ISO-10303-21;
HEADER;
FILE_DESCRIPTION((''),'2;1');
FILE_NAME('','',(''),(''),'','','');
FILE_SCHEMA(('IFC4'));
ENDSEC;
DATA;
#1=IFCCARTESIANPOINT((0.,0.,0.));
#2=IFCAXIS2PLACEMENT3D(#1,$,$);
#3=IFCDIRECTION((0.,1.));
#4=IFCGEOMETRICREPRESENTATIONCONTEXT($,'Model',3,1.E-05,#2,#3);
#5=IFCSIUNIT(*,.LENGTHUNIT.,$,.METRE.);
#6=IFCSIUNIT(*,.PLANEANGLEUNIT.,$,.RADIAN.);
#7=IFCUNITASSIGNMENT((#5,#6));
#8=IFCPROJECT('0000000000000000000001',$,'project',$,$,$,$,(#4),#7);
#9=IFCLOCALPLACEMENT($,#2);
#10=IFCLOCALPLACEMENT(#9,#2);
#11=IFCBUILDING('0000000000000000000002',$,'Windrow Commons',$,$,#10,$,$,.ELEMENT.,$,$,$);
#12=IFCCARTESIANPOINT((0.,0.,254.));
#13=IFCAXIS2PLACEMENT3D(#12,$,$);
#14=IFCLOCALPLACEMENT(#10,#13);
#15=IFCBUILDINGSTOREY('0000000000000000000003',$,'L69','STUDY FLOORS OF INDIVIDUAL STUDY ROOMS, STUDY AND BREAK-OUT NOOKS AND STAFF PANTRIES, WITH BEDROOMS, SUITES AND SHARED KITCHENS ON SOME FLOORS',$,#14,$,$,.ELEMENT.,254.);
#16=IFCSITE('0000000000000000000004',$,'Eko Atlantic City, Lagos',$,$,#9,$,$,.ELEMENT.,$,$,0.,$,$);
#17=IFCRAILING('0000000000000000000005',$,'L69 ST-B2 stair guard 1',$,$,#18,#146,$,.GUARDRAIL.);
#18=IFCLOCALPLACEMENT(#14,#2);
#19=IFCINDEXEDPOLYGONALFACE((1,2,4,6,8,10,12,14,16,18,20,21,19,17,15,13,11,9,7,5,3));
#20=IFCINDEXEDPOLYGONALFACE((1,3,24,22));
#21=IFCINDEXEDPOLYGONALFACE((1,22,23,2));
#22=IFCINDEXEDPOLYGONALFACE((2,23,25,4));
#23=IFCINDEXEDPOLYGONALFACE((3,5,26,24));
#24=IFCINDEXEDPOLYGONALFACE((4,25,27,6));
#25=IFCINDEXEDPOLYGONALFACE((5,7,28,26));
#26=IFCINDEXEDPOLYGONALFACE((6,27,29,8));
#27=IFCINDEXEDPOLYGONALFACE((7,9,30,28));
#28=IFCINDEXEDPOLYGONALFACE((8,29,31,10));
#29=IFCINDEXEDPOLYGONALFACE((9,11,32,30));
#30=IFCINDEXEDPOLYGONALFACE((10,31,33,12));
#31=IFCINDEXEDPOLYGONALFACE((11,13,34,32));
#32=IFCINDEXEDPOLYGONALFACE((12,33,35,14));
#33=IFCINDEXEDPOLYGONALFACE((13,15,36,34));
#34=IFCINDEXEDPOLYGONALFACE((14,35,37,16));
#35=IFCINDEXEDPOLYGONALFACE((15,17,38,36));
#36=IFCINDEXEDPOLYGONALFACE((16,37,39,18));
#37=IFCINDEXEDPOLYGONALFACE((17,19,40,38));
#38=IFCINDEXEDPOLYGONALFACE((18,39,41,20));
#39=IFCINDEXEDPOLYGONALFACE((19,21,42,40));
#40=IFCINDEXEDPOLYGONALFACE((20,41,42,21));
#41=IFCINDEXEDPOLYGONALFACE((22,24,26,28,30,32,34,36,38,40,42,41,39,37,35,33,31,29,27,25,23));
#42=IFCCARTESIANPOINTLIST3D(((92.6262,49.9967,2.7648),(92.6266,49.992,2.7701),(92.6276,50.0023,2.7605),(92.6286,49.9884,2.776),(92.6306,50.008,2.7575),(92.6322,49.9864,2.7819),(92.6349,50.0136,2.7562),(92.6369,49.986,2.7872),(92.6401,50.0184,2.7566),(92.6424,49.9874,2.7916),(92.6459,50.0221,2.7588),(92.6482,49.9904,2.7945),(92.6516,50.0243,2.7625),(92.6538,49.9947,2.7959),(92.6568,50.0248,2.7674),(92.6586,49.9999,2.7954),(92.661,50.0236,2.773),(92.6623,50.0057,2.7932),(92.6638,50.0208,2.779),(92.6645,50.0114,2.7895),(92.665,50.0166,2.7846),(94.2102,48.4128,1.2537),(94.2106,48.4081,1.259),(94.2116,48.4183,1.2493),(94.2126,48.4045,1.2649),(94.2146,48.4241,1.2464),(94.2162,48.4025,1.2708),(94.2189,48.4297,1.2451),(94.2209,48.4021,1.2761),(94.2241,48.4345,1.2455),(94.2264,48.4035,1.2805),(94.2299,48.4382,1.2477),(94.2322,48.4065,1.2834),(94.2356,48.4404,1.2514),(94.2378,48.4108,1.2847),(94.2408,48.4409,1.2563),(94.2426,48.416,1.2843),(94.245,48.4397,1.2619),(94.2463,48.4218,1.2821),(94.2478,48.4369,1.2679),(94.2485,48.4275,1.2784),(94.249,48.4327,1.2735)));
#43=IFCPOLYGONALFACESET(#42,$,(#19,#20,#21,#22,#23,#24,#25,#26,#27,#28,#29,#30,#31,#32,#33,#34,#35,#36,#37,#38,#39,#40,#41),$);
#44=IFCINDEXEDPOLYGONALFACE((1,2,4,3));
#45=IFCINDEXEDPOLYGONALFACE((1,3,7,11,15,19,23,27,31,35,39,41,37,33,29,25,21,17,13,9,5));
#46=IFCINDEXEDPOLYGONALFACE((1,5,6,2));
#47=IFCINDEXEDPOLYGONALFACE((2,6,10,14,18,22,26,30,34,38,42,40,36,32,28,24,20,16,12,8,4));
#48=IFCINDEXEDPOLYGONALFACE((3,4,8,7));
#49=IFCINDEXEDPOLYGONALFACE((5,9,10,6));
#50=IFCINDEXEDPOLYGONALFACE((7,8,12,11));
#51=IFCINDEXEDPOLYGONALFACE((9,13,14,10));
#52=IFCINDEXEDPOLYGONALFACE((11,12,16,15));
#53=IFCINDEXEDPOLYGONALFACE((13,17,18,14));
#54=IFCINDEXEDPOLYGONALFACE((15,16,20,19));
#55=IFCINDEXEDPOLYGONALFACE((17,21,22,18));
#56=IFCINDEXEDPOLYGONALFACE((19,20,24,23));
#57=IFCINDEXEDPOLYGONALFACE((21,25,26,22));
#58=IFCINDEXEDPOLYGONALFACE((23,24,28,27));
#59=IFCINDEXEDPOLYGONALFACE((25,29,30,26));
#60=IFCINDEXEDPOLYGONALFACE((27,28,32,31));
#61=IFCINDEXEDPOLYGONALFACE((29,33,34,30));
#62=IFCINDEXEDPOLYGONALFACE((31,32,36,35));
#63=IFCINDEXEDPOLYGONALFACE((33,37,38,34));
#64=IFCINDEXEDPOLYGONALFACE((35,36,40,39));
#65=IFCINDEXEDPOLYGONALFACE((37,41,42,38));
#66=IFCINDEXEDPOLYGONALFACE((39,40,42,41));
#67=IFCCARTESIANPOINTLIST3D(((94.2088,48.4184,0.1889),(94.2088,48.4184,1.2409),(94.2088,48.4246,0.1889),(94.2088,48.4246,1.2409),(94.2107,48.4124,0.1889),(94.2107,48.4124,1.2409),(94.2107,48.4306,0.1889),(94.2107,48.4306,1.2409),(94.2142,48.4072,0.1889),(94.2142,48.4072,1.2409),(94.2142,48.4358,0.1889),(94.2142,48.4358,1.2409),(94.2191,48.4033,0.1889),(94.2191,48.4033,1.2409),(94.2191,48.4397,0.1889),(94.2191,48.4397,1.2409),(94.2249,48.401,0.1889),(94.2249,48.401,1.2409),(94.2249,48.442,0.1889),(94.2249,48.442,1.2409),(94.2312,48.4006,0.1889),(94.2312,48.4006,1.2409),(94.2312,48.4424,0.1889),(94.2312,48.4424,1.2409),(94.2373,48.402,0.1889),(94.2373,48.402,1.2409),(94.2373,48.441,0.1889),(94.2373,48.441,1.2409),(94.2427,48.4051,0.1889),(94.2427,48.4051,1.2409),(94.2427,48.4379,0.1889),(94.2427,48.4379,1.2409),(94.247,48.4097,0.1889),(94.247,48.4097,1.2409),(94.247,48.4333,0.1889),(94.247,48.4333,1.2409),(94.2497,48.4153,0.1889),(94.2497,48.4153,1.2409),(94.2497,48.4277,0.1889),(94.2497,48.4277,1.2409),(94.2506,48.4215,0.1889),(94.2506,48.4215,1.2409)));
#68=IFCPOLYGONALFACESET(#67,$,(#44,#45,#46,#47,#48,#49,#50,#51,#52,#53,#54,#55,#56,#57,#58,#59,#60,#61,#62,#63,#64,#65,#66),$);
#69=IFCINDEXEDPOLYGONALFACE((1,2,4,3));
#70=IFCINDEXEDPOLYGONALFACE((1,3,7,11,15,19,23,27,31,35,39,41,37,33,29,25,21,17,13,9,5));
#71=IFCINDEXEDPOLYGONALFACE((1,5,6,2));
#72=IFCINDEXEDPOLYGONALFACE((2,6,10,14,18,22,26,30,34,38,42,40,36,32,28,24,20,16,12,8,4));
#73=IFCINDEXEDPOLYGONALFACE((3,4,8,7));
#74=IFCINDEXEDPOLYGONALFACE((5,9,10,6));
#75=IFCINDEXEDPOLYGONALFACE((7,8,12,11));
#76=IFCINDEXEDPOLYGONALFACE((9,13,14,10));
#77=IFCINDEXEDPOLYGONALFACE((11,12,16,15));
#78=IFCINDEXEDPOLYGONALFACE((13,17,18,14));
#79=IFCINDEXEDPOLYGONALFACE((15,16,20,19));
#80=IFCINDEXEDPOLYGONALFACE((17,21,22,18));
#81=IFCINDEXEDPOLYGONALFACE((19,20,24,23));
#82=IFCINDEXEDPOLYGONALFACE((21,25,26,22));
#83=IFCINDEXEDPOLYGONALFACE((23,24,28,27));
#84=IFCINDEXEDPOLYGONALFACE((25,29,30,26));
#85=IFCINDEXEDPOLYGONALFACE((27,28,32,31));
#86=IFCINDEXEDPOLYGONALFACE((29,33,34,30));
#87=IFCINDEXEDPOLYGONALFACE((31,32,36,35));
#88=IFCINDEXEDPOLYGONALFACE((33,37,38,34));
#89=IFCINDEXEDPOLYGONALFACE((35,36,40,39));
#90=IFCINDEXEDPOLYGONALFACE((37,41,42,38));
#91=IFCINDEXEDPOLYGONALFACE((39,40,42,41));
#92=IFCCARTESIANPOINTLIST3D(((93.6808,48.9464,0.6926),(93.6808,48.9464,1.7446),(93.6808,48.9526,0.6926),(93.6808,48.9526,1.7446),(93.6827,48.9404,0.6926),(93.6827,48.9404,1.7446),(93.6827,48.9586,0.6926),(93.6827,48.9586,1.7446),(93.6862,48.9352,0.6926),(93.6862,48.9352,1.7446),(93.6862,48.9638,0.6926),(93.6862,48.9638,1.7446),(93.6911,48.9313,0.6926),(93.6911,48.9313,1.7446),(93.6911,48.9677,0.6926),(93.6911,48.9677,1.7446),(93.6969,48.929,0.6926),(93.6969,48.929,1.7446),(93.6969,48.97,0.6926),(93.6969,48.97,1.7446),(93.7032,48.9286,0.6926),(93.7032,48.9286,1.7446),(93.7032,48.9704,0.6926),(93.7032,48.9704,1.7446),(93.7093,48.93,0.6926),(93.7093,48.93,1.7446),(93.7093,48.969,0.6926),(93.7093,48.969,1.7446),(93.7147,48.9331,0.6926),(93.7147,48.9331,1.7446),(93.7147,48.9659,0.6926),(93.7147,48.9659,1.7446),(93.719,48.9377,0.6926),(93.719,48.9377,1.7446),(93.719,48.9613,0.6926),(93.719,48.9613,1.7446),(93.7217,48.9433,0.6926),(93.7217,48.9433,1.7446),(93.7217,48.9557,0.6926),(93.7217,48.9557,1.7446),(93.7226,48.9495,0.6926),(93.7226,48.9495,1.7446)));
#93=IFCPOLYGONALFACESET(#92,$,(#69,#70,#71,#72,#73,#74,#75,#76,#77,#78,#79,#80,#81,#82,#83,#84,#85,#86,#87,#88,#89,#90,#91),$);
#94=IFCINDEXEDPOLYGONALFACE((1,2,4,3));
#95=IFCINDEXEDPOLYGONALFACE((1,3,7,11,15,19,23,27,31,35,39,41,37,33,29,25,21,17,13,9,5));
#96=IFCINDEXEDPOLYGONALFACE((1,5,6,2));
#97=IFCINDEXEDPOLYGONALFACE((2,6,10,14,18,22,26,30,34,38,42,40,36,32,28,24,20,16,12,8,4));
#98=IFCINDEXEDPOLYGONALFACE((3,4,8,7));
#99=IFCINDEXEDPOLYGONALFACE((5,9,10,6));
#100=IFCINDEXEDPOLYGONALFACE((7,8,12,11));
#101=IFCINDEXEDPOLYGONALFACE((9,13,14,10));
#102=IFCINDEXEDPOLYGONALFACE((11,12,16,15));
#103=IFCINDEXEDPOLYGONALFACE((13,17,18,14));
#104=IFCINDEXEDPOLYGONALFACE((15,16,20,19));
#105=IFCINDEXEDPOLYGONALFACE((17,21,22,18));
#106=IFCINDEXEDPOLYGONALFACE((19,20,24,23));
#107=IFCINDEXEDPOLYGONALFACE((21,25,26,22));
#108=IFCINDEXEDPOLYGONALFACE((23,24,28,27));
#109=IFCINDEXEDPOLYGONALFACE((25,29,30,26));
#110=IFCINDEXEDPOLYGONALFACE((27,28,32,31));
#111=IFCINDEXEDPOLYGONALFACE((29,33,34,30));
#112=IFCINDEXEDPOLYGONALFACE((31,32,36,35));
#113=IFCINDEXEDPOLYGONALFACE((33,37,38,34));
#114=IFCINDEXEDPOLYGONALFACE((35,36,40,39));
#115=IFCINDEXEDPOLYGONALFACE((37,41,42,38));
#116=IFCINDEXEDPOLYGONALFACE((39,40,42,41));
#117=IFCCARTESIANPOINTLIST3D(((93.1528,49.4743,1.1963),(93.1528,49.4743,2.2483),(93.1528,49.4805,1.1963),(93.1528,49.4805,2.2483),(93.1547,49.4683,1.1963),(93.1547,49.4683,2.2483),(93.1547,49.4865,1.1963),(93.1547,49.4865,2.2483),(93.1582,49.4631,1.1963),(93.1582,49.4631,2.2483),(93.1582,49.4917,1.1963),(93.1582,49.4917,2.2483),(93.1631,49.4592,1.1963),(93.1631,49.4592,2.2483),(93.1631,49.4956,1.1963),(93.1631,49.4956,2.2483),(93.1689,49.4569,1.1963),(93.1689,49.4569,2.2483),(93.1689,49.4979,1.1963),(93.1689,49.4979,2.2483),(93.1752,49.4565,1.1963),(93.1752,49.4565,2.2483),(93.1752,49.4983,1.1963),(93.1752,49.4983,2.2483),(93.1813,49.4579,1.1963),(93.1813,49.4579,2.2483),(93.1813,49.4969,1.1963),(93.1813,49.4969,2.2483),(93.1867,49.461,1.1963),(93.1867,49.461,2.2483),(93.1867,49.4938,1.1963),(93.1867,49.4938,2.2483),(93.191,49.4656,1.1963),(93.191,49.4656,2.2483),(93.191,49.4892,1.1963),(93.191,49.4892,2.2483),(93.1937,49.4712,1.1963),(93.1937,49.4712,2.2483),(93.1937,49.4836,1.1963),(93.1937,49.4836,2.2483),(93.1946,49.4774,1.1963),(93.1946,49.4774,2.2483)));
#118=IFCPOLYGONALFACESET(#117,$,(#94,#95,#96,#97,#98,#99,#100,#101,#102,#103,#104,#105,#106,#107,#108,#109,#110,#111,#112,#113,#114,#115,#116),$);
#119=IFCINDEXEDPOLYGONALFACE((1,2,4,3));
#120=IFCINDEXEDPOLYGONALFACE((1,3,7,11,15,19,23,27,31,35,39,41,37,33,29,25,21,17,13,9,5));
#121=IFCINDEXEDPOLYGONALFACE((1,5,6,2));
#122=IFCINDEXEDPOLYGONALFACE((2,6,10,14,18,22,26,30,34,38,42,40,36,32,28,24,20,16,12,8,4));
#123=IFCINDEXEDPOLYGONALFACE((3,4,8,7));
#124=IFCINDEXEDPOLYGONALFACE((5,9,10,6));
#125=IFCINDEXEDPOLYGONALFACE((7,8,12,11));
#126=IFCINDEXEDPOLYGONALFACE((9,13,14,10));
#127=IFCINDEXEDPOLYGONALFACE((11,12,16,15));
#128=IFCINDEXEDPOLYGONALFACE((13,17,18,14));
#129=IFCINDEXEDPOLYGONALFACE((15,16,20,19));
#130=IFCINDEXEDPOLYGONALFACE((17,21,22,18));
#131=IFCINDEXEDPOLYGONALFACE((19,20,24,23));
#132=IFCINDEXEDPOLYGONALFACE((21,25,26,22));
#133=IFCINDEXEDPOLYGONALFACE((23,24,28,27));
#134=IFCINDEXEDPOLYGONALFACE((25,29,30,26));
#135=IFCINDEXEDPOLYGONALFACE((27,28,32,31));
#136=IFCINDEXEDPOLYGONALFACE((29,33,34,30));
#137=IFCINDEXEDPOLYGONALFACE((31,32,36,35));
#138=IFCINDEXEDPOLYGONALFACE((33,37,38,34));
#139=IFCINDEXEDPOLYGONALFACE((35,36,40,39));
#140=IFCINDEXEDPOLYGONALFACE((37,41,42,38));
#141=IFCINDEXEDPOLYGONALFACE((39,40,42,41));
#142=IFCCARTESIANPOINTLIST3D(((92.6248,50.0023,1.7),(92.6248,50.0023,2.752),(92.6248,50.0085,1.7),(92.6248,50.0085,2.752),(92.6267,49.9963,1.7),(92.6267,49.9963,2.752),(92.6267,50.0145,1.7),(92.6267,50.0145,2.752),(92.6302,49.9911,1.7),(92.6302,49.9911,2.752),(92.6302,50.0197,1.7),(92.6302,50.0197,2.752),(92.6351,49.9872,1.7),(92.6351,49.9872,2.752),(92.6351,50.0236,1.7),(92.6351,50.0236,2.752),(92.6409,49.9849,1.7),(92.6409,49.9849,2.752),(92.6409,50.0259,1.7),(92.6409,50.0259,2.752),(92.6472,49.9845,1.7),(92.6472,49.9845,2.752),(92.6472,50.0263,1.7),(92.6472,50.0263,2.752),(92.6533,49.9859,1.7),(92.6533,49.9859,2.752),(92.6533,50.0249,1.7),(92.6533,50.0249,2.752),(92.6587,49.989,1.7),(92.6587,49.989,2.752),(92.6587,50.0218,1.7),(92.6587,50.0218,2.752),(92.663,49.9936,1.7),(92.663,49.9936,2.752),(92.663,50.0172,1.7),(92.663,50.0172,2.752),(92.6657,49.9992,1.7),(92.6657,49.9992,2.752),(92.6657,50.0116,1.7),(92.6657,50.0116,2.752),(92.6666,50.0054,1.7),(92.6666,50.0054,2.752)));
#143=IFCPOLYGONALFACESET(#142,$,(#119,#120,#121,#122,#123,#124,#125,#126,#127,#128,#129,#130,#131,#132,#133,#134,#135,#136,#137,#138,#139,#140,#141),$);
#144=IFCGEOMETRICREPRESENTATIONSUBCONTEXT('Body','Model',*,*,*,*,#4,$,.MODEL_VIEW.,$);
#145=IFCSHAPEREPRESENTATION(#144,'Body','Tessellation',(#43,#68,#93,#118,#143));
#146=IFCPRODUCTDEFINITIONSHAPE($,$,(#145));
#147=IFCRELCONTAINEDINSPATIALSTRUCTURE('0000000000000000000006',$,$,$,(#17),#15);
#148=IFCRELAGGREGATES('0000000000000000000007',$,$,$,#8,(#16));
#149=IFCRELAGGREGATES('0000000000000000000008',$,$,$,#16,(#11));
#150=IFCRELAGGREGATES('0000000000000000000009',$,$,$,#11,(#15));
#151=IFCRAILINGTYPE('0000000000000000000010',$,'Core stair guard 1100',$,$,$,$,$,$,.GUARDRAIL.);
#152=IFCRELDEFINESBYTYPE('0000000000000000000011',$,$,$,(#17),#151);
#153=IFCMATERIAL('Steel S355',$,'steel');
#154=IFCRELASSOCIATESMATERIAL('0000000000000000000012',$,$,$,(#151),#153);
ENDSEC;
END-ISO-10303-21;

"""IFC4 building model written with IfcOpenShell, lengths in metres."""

from ifc_helpers import new_model, si_unit, direction, frame, origin, origin_2d, place, context, subcontext, project, spatial, circle, extrude, material, type_object, element, save


model = new_model("IFC4")

# Units and contexts
model_context = context("Model", 3, precision=1e-05, world=origin(), true_north=direction((0.0, 1.0)))
body_context = subcontext(model_context, "Body", "Model", "MODEL_VIEW")
ifc_project = project(units=[si_unit("LENGTHUNIT", "METRE"), si_unit("PLANEANGLEUNIT", "RADIAN")], contexts=[model_context])

# Site, building, storey
site_placement = place(None, origin())
site = spatial("IfcSite", under=ifc_project, at=site_placement, Name="Eko Atlantic City, Lagos", CompositionType="ELEMENT", RefElevation=0.0)
building_placement = place(site_placement, origin())
building = spatial("IfcBuilding", under=site, at=building_placement, Name="Windrow Commons", CompositionType="ELEMENT")
storey_placement = place(building_placement, frame((0.0, 0.0, 254.0)))
storey = spatial("IfcBuildingStorey", under=building, at=storey_placement, Name="L69", Description="STUDY FLOORS OF INDIVIDUAL STUDY ROOMS, STUDY AND BREAK-OUT NOOKS AND STAFF PANTRIES, WITH BEDROOMS, SUITES AND SHARED KITCHENS ON SOME FLOORS", CompositionType="ELEMENT", Elevation=254.0)

# Railing
ifc_material_1 = material(Name="Steel S355", Category="steel")
railing_type_1 = type_object("IfcRailingType", Name="Core stair guard 1100", PredefinedType="GUARDRAIL", material=ifc_material_1)
railing_1_placement = place(storey_placement, frame((94.2296, 48.4215, 0.1889)))
element("IfcRailing", 1, at=railing_1_placement, inside=storey, type_object=railing_type_1, Name="L69 ST-B2 stair guard 1", PredefinedType="GUARDRAIL", context=body_context, shape_type="SweptSolid", body=[
    extrude(circle(Radius=0.024, at=origin_2d()), frame((0.0, 0.0, 1.076), z_axis=(-0.586216, 0.586179, 0.559237), x_axis=(-0.707084, -0.707129, 0.0)), (0.0, 0.0, 1.0), 2.7021),
    extrude(circle(Radius=0.021, at=origin_2d()), origin(), (0.0, 0.0, 1.0), 1.052),
    extrude(circle(Radius=0.021, at=origin_2d()), frame((-0.528, 0.528, 0.5037)), (0.0, 0.0, 1.0), 1.052),
    extrude(circle(Radius=0.021, at=origin_2d()), frame((-1.056, 1.0559, 1.0074)), (0.0, 0.0, 1.0), 1.052),
    extrude(circle(Radius=0.021, at=origin_2d()), frame((-1.584, 1.5839, 1.5111)), (0.0, 0.0, 1.0), 1.052),
])

save(model, "model.ifc")
